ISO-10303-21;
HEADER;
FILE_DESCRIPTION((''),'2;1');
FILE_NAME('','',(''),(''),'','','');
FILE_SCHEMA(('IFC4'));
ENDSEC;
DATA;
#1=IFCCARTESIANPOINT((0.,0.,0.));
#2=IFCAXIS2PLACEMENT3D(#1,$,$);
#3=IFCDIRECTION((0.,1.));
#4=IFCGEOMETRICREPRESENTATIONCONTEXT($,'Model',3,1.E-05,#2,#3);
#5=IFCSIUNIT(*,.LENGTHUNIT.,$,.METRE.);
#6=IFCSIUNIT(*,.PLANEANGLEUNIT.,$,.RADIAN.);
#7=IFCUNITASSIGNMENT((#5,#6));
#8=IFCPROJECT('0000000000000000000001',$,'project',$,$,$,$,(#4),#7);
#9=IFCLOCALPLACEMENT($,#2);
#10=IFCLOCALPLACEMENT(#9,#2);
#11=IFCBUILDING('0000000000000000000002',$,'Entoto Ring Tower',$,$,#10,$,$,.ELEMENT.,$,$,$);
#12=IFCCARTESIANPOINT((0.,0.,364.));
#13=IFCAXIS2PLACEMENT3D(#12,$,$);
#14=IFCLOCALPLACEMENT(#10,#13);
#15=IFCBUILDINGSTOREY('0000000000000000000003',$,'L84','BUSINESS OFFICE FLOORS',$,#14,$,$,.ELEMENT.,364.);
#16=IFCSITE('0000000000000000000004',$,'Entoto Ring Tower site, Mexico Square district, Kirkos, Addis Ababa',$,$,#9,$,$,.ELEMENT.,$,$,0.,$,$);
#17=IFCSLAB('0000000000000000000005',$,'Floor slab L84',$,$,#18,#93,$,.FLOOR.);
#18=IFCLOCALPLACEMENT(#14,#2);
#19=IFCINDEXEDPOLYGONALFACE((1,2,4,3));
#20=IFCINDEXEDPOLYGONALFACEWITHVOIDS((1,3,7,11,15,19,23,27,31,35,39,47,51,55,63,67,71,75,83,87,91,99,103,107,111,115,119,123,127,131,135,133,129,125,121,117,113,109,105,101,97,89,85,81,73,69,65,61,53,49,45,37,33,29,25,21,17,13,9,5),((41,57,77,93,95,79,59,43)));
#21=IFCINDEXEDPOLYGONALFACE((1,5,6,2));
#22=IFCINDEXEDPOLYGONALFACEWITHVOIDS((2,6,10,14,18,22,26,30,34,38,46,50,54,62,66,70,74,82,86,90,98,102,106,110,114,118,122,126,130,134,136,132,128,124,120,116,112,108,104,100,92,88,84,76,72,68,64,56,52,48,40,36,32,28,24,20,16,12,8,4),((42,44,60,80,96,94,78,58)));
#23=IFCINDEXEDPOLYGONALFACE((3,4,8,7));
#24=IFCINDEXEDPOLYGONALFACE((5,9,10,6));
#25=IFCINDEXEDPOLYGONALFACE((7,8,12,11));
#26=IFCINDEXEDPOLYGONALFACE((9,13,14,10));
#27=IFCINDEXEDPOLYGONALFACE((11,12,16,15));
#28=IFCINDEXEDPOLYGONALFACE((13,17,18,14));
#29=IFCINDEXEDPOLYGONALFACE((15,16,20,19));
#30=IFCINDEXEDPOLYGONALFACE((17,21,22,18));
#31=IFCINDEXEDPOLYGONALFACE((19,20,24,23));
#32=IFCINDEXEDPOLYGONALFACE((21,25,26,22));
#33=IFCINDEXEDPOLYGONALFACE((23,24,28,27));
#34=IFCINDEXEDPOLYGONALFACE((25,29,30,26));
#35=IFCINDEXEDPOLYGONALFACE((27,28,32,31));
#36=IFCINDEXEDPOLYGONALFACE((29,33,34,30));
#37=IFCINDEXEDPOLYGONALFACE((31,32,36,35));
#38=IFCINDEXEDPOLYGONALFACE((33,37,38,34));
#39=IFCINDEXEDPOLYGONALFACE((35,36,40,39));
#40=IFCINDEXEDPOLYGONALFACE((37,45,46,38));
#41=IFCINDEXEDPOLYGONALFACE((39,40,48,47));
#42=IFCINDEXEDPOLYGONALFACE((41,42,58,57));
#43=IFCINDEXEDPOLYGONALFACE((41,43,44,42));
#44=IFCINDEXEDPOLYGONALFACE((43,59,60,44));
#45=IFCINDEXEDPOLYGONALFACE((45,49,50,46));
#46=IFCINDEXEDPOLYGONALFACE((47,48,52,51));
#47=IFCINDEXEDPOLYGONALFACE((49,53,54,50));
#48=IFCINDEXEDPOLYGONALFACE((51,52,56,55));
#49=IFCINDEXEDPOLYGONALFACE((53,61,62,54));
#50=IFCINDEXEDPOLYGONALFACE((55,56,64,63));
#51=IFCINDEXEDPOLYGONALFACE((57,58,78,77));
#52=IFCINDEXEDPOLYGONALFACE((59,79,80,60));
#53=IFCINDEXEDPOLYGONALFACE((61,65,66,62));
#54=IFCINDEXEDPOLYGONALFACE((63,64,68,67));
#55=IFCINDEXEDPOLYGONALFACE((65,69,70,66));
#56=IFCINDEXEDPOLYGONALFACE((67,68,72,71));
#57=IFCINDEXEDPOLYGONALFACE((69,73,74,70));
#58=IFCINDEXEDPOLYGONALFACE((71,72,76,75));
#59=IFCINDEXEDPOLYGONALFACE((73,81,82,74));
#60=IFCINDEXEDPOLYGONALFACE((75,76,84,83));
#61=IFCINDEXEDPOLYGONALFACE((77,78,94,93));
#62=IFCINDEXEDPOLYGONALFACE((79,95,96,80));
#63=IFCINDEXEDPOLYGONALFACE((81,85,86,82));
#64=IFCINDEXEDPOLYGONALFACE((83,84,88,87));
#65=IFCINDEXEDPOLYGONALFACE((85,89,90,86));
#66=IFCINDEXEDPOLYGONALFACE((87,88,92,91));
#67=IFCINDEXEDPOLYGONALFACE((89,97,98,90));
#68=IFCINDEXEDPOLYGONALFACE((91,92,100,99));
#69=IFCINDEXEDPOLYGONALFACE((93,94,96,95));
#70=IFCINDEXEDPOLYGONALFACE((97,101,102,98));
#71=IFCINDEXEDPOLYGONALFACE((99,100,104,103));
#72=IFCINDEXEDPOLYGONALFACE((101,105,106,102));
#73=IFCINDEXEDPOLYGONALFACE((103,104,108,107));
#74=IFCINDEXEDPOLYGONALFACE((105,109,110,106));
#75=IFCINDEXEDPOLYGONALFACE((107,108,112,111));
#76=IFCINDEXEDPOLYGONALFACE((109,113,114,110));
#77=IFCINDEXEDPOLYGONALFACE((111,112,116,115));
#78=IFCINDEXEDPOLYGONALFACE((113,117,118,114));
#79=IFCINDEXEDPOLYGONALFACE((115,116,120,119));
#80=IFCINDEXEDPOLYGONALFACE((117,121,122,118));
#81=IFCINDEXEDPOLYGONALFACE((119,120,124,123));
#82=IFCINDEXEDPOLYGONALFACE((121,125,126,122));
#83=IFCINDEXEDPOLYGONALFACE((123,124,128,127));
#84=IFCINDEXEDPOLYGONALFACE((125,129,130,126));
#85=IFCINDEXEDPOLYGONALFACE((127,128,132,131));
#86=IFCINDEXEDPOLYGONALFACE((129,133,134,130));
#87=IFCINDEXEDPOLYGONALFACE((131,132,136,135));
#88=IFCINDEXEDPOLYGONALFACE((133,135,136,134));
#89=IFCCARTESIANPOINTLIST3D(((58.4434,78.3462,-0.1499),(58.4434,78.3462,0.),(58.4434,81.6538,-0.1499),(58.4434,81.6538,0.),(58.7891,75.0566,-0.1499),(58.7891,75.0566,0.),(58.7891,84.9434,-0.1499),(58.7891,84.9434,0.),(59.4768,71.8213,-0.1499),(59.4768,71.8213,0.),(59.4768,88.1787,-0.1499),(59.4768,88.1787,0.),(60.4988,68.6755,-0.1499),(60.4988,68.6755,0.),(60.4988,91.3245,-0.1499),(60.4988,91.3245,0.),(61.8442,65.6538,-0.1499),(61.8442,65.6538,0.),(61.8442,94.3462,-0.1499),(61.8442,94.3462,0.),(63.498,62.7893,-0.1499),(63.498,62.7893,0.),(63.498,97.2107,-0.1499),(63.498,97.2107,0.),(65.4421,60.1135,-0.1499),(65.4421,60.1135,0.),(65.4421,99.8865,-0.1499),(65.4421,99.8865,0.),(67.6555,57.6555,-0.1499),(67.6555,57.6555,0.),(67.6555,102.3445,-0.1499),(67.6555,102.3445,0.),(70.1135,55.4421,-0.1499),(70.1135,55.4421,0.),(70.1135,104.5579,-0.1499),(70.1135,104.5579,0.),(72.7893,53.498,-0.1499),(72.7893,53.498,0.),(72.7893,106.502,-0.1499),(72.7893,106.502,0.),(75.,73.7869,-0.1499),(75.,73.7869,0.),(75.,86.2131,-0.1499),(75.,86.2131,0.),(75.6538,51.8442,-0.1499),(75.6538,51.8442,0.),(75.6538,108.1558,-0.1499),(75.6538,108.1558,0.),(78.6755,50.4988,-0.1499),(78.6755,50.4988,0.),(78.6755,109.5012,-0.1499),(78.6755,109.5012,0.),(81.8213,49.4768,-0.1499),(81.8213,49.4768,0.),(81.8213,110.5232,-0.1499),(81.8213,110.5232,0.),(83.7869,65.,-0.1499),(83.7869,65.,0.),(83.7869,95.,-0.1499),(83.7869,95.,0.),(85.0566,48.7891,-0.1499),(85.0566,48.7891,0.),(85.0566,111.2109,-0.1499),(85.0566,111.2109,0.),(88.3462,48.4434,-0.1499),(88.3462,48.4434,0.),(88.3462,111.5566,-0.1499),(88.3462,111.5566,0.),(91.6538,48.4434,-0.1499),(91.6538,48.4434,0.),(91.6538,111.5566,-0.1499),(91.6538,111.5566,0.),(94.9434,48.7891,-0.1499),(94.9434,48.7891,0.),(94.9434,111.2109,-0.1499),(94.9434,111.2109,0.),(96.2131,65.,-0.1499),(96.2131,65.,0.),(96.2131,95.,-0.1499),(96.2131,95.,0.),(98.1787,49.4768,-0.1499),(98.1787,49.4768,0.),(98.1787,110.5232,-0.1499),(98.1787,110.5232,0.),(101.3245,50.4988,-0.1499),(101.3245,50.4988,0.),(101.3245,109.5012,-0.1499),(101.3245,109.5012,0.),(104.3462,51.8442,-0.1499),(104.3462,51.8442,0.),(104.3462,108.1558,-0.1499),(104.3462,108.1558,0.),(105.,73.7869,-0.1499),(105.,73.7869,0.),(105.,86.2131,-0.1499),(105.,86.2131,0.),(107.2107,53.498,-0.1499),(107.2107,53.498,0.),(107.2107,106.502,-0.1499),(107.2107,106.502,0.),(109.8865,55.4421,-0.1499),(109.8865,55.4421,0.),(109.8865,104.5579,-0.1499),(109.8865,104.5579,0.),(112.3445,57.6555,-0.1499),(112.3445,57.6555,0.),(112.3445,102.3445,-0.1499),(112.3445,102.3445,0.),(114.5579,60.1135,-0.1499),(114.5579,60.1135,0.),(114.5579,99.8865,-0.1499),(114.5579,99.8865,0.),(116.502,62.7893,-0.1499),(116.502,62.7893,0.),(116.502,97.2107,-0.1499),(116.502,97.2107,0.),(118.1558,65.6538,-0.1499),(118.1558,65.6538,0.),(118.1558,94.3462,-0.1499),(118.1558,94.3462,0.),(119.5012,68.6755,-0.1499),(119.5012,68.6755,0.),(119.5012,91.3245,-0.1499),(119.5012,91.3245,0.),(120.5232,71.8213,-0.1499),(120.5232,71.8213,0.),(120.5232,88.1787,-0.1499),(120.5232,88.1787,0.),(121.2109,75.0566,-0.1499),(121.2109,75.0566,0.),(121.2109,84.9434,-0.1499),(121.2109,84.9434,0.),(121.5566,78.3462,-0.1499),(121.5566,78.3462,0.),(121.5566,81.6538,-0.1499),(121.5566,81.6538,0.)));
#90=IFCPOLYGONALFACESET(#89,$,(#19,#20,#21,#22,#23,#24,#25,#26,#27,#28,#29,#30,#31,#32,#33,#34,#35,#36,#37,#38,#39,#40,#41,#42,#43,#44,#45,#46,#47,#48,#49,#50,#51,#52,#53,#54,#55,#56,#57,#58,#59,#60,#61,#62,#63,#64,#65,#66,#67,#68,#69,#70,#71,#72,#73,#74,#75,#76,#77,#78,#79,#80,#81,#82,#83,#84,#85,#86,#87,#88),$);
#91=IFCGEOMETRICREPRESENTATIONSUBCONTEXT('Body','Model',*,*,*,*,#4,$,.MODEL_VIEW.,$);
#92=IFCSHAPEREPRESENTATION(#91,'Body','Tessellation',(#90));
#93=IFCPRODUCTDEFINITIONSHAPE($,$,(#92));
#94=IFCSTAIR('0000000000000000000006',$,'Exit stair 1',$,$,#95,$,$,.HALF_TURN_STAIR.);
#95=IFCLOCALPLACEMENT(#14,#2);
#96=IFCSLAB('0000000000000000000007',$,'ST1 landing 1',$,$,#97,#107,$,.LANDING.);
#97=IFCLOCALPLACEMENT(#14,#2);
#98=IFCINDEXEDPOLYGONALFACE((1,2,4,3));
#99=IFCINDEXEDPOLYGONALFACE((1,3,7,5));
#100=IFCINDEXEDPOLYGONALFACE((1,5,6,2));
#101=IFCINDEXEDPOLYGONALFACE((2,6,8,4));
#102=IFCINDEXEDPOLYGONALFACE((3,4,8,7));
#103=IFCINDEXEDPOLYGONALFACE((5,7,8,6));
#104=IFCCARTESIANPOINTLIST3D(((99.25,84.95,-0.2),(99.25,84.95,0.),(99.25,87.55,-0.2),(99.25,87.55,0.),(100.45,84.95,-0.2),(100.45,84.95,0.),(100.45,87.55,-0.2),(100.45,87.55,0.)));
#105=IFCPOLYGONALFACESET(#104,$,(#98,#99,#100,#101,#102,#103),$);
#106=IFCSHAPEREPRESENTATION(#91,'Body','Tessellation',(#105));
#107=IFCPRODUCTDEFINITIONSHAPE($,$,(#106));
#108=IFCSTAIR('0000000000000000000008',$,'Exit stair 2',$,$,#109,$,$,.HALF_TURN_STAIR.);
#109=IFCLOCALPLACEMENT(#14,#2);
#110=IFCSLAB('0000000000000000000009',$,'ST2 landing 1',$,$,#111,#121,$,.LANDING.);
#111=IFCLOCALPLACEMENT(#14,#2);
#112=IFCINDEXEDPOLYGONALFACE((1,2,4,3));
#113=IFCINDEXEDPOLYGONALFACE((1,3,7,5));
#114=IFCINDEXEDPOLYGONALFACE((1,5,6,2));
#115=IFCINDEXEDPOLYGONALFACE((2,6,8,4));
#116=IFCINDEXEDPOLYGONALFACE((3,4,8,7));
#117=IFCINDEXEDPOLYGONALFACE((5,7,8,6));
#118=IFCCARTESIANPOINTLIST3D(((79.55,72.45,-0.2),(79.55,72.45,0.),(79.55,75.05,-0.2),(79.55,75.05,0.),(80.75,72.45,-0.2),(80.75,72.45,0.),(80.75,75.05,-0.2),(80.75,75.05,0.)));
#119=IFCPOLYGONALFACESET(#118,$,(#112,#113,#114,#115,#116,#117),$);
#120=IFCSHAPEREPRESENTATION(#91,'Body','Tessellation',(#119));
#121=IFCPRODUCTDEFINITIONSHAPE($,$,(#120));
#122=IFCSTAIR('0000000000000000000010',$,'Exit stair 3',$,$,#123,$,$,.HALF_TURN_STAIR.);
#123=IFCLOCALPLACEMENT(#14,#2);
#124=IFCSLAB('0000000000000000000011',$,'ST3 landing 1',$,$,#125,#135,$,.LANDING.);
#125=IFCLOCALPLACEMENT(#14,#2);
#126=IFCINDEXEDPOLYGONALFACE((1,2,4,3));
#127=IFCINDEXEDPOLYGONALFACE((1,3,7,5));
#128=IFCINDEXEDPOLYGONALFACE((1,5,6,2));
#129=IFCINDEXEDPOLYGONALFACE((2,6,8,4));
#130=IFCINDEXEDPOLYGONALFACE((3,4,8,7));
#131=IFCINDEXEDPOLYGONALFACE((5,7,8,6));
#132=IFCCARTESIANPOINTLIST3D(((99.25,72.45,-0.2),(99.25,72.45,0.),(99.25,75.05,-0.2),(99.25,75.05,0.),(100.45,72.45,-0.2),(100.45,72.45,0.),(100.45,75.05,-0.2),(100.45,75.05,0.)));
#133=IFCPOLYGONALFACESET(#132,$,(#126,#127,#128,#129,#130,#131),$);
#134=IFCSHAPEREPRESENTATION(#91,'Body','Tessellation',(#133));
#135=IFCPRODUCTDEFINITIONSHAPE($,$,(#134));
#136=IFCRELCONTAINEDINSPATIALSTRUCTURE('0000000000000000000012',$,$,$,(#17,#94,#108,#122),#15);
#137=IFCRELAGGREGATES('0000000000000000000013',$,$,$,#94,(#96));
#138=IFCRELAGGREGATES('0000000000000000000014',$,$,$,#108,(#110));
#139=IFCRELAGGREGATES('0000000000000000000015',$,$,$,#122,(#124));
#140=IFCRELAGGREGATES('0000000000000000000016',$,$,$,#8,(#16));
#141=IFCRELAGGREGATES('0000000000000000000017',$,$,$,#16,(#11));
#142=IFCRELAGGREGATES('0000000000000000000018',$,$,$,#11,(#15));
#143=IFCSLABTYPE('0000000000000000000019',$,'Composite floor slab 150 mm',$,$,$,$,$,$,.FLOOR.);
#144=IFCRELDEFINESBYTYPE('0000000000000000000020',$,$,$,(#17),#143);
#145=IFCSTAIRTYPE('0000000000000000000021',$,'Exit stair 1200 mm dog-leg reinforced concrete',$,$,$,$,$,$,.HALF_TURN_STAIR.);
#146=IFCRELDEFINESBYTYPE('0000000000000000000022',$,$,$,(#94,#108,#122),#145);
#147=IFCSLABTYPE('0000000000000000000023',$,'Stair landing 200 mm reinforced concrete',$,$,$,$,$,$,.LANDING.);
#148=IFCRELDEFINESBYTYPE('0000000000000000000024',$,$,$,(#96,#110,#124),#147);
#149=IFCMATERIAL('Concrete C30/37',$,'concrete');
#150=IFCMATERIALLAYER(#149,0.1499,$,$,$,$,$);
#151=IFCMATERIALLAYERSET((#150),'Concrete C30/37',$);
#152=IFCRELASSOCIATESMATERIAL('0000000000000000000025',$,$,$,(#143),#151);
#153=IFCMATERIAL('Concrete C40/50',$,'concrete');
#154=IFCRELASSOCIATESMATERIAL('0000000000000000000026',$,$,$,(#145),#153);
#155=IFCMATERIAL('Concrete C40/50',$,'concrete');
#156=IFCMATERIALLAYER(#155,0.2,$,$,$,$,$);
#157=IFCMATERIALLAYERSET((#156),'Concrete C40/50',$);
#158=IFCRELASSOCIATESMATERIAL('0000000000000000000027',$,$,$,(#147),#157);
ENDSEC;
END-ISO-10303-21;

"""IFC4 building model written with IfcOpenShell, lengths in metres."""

from ifc_helpers import new_model, si_unit, direction, frame, origin, place, context, subcontext, project, spatial, polyline, outline, extrude, material, layer, layer_set, type_object, element, aggregate, save


model = new_model("IFC4")

# Units and contexts
model_context = context("Model", 3, precision=1e-05, world=origin(), true_north=direction((0.0, 1.0)))
body_context = subcontext(model_context, "Body", "Model", "MODEL_VIEW")
ifc_project = project(units=[si_unit("LENGTHUNIT", "METRE"), si_unit("PLANEANGLEUNIT", "RADIAN")], contexts=[model_context])

# Site, building, storey
site_placement = place(None, origin())
building_placement = place(site_placement, origin())
storey_placement = place(building_placement, frame((0.0, 0.0, 364.0)))
site = spatial("IfcSite", under=ifc_project, at=site_placement, Name="Entoto Ring Tower site, Mexico Square district, Kirkos, Addis Ababa", CompositionType="ELEMENT", RefElevation=0.0)
building = spatial("IfcBuilding", under=site, at=building_placement, Name="Entoto Ring Tower", CompositionType="ELEMENT")
storey = spatial("IfcBuildingStorey", under=building, at=storey_placement, Name="L84", Description="BUSINESS OFFICE FLOORS", CompositionType="ELEMENT", Elevation=364.0)

# Slab
ifc_material_1 = material(Name="Concrete C30/37", Category="concrete")
ifc_layer_1 = layer(ifc_material_1, 0.1499)
ifc_layer_set_1 = layer_set([ifc_layer_1], Name="Concrete C30/37")
slab_type_1 = type_object("IfcSlabType", Name="Composite floor slab 150 mm", PredefinedType="FLOOR", material=ifc_layer_set_1)
slab_1_placement = place(storey_placement, frame((0.0, 0.0, -0.1499)))
element("IfcSlab", 1, at=slab_1_placement, inside=storey, type_object=slab_type_1, Name="Floor slab L84", PredefinedType="FLOOR", context=body_context, shape_type="SweptSolid", body=[
    extrude(outline(polyline([(121.2109, 84.9434), (120.5232, 88.1787), (119.5012, 91.3245), (118.1558, 94.3462), (116.502, 97.2107), (114.5579, 99.8865), (112.3445, 102.3445), (109.8865, 104.5579), (107.2107, 106.502), (104.3462, 108.1558), (101.3245, 109.5012), (98.1787, 110.5232), (94.9434, 111.2109), (91.6538, 111.5566), (88.3462, 111.5566), (85.0566, 111.2109), (81.8213, 110.5232), (78.6755, 109.5012), (75.6538, 108.1558), (72.7893, 106.502), (70.1135, 104.5579), (67.6555, 102.3445), (65.4421, 99.8865), (63.498, 97.2107), (61.8442, 94.3462), (60.4988, 91.3245), (59.4768, 88.1787), (58.7891, 84.9434), (58.4434, 81.6538), (58.4434, 78.3462), (58.7891, 75.0566), (59.4768, 71.8213), (60.4988, 68.6755), (61.8442, 65.6538), (63.498, 62.7893), (65.4421, 60.1135), (67.6555, 57.6555), (70.1135, 55.4421), (72.7893, 53.498), (75.6538, 51.8442), (78.6755, 50.4988), (81.8213, 49.4768), (85.0566, 48.7891), (88.3462, 48.4434), (91.6538, 48.4434), (94.9434, 48.7891), (98.1787, 49.4768), (101.3245, 50.4988), (104.3462, 51.8442), (107.2107, 53.498), (109.8865, 55.4421), (112.3445, 57.6555), (114.5579, 60.1135), (116.502, 62.7893), (118.1558, 65.6538), (119.5012, 68.6755), (120.5232, 71.8213), (121.2109, 75.0566), (121.5566, 78.3462), (121.5566, 81.6538), (121.2109, 84.9434)]), holes=[polyline([(105.0, 73.7869), (105.0, 86.2131), (96.2131, 95.0), (83.7869, 95.0), (75.0, 86.2131), (75.0, 73.7869), (83.7869, 65.0), (96.2131, 65.0), (105.0, 73.7869)])]), origin(), (0.0, 0.0, 1.0), 0.1499),
])

# Stairs, slabs
ifc_material_2 = material(Name="Concrete C40/50", Category="concrete")
stair_type = type_object("IfcStairType", Name="Exit stair 1200 mm dog-leg reinforced concrete", PredefinedType="HALF_TURN_STAIR", material=ifc_material_2)
stair_1_placement = place(storey_placement, origin())
stair_1 = element("IfcStair", 2, at=stair_1_placement, inside=storey, type_object=stair_type, Name="Exit stair 1", PredefinedType="HALF_TURN_STAIR")
ifc_material_3 = material(Name="Concrete C40/50", Category="concrete")
ifc_layer_2 = layer(ifc_material_3, 0.2)
ifc_layer_set_2 = layer_set([ifc_layer_2], Name="Concrete C40/50")
slab_type_2 = type_object("IfcSlabType", Name="Stair landing 200 mm reinforced concrete", PredefinedType="LANDING", material=ifc_layer_set_2)
slab_2_placement = place(storey_placement, frame((0.0, 0.0, -0.2)))
slab_2 = element("IfcSlab", 3, at=slab_2_placement, type_object=slab_type_2, Name="ST1 landing 1", PredefinedType="LANDING", context=body_context, shape_type="SweptSolid", body=[
    extrude(outline(polyline([(100.45, 84.95), (100.45, 87.55), (99.25, 87.55), (99.25, 84.95), (100.45, 84.95)])), origin(), (0.0, 0.0, 1.0), 0.2),
])
aggregate(stair_1, [slab_2])
stair_2_placement = place(storey_placement, origin())
stair_2 = element("IfcStair", 4, at=stair_2_placement, inside=storey, type_object=stair_type, Name="Exit stair 2", PredefinedType="HALF_TURN_STAIR")
slab_3_placement = place(storey_placement, frame((0.0, 0.0, -0.2)))
slab_3 = element("IfcSlab", 5, at=slab_3_placement, type_object=slab_type_2, Name="ST2 landing 1", PredefinedType="LANDING", context=body_context, shape_type="SweptSolid", body=[
    extrude(outline(polyline([(80.75, 72.45), (80.75, 75.05), (79.55, 75.05), (79.55, 72.45), (80.75, 72.45)])), origin(), (0.0, 0.0, 1.0), 0.2),
])
aggregate(stair_2, [slab_3])
stair_3_placement = place(storey_placement, origin())
stair_3 = element("IfcStair", 6, at=stair_3_placement, inside=storey, type_object=stair_type, Name="Exit stair 3", PredefinedType="HALF_TURN_STAIR")
slab_4_placement = place(storey_placement, frame((0.0, 0.0, -0.2)))
slab_4 = element("IfcSlab", 7, at=slab_4_placement, type_object=slab_type_2, Name="ST3 landing 1", PredefinedType="LANDING", context=body_context, shape_type="SweptSolid", body=[
    extrude(outline(polyline([(100.45, 72.45), (100.45, 75.05), (99.25, 75.05), (99.25, 72.45), (100.45, 72.45)])), origin(), (0.0, 0.0, 1.0), 0.2),
])
aggregate(stair_3, [slab_4])

save(model, "model.ifc")
